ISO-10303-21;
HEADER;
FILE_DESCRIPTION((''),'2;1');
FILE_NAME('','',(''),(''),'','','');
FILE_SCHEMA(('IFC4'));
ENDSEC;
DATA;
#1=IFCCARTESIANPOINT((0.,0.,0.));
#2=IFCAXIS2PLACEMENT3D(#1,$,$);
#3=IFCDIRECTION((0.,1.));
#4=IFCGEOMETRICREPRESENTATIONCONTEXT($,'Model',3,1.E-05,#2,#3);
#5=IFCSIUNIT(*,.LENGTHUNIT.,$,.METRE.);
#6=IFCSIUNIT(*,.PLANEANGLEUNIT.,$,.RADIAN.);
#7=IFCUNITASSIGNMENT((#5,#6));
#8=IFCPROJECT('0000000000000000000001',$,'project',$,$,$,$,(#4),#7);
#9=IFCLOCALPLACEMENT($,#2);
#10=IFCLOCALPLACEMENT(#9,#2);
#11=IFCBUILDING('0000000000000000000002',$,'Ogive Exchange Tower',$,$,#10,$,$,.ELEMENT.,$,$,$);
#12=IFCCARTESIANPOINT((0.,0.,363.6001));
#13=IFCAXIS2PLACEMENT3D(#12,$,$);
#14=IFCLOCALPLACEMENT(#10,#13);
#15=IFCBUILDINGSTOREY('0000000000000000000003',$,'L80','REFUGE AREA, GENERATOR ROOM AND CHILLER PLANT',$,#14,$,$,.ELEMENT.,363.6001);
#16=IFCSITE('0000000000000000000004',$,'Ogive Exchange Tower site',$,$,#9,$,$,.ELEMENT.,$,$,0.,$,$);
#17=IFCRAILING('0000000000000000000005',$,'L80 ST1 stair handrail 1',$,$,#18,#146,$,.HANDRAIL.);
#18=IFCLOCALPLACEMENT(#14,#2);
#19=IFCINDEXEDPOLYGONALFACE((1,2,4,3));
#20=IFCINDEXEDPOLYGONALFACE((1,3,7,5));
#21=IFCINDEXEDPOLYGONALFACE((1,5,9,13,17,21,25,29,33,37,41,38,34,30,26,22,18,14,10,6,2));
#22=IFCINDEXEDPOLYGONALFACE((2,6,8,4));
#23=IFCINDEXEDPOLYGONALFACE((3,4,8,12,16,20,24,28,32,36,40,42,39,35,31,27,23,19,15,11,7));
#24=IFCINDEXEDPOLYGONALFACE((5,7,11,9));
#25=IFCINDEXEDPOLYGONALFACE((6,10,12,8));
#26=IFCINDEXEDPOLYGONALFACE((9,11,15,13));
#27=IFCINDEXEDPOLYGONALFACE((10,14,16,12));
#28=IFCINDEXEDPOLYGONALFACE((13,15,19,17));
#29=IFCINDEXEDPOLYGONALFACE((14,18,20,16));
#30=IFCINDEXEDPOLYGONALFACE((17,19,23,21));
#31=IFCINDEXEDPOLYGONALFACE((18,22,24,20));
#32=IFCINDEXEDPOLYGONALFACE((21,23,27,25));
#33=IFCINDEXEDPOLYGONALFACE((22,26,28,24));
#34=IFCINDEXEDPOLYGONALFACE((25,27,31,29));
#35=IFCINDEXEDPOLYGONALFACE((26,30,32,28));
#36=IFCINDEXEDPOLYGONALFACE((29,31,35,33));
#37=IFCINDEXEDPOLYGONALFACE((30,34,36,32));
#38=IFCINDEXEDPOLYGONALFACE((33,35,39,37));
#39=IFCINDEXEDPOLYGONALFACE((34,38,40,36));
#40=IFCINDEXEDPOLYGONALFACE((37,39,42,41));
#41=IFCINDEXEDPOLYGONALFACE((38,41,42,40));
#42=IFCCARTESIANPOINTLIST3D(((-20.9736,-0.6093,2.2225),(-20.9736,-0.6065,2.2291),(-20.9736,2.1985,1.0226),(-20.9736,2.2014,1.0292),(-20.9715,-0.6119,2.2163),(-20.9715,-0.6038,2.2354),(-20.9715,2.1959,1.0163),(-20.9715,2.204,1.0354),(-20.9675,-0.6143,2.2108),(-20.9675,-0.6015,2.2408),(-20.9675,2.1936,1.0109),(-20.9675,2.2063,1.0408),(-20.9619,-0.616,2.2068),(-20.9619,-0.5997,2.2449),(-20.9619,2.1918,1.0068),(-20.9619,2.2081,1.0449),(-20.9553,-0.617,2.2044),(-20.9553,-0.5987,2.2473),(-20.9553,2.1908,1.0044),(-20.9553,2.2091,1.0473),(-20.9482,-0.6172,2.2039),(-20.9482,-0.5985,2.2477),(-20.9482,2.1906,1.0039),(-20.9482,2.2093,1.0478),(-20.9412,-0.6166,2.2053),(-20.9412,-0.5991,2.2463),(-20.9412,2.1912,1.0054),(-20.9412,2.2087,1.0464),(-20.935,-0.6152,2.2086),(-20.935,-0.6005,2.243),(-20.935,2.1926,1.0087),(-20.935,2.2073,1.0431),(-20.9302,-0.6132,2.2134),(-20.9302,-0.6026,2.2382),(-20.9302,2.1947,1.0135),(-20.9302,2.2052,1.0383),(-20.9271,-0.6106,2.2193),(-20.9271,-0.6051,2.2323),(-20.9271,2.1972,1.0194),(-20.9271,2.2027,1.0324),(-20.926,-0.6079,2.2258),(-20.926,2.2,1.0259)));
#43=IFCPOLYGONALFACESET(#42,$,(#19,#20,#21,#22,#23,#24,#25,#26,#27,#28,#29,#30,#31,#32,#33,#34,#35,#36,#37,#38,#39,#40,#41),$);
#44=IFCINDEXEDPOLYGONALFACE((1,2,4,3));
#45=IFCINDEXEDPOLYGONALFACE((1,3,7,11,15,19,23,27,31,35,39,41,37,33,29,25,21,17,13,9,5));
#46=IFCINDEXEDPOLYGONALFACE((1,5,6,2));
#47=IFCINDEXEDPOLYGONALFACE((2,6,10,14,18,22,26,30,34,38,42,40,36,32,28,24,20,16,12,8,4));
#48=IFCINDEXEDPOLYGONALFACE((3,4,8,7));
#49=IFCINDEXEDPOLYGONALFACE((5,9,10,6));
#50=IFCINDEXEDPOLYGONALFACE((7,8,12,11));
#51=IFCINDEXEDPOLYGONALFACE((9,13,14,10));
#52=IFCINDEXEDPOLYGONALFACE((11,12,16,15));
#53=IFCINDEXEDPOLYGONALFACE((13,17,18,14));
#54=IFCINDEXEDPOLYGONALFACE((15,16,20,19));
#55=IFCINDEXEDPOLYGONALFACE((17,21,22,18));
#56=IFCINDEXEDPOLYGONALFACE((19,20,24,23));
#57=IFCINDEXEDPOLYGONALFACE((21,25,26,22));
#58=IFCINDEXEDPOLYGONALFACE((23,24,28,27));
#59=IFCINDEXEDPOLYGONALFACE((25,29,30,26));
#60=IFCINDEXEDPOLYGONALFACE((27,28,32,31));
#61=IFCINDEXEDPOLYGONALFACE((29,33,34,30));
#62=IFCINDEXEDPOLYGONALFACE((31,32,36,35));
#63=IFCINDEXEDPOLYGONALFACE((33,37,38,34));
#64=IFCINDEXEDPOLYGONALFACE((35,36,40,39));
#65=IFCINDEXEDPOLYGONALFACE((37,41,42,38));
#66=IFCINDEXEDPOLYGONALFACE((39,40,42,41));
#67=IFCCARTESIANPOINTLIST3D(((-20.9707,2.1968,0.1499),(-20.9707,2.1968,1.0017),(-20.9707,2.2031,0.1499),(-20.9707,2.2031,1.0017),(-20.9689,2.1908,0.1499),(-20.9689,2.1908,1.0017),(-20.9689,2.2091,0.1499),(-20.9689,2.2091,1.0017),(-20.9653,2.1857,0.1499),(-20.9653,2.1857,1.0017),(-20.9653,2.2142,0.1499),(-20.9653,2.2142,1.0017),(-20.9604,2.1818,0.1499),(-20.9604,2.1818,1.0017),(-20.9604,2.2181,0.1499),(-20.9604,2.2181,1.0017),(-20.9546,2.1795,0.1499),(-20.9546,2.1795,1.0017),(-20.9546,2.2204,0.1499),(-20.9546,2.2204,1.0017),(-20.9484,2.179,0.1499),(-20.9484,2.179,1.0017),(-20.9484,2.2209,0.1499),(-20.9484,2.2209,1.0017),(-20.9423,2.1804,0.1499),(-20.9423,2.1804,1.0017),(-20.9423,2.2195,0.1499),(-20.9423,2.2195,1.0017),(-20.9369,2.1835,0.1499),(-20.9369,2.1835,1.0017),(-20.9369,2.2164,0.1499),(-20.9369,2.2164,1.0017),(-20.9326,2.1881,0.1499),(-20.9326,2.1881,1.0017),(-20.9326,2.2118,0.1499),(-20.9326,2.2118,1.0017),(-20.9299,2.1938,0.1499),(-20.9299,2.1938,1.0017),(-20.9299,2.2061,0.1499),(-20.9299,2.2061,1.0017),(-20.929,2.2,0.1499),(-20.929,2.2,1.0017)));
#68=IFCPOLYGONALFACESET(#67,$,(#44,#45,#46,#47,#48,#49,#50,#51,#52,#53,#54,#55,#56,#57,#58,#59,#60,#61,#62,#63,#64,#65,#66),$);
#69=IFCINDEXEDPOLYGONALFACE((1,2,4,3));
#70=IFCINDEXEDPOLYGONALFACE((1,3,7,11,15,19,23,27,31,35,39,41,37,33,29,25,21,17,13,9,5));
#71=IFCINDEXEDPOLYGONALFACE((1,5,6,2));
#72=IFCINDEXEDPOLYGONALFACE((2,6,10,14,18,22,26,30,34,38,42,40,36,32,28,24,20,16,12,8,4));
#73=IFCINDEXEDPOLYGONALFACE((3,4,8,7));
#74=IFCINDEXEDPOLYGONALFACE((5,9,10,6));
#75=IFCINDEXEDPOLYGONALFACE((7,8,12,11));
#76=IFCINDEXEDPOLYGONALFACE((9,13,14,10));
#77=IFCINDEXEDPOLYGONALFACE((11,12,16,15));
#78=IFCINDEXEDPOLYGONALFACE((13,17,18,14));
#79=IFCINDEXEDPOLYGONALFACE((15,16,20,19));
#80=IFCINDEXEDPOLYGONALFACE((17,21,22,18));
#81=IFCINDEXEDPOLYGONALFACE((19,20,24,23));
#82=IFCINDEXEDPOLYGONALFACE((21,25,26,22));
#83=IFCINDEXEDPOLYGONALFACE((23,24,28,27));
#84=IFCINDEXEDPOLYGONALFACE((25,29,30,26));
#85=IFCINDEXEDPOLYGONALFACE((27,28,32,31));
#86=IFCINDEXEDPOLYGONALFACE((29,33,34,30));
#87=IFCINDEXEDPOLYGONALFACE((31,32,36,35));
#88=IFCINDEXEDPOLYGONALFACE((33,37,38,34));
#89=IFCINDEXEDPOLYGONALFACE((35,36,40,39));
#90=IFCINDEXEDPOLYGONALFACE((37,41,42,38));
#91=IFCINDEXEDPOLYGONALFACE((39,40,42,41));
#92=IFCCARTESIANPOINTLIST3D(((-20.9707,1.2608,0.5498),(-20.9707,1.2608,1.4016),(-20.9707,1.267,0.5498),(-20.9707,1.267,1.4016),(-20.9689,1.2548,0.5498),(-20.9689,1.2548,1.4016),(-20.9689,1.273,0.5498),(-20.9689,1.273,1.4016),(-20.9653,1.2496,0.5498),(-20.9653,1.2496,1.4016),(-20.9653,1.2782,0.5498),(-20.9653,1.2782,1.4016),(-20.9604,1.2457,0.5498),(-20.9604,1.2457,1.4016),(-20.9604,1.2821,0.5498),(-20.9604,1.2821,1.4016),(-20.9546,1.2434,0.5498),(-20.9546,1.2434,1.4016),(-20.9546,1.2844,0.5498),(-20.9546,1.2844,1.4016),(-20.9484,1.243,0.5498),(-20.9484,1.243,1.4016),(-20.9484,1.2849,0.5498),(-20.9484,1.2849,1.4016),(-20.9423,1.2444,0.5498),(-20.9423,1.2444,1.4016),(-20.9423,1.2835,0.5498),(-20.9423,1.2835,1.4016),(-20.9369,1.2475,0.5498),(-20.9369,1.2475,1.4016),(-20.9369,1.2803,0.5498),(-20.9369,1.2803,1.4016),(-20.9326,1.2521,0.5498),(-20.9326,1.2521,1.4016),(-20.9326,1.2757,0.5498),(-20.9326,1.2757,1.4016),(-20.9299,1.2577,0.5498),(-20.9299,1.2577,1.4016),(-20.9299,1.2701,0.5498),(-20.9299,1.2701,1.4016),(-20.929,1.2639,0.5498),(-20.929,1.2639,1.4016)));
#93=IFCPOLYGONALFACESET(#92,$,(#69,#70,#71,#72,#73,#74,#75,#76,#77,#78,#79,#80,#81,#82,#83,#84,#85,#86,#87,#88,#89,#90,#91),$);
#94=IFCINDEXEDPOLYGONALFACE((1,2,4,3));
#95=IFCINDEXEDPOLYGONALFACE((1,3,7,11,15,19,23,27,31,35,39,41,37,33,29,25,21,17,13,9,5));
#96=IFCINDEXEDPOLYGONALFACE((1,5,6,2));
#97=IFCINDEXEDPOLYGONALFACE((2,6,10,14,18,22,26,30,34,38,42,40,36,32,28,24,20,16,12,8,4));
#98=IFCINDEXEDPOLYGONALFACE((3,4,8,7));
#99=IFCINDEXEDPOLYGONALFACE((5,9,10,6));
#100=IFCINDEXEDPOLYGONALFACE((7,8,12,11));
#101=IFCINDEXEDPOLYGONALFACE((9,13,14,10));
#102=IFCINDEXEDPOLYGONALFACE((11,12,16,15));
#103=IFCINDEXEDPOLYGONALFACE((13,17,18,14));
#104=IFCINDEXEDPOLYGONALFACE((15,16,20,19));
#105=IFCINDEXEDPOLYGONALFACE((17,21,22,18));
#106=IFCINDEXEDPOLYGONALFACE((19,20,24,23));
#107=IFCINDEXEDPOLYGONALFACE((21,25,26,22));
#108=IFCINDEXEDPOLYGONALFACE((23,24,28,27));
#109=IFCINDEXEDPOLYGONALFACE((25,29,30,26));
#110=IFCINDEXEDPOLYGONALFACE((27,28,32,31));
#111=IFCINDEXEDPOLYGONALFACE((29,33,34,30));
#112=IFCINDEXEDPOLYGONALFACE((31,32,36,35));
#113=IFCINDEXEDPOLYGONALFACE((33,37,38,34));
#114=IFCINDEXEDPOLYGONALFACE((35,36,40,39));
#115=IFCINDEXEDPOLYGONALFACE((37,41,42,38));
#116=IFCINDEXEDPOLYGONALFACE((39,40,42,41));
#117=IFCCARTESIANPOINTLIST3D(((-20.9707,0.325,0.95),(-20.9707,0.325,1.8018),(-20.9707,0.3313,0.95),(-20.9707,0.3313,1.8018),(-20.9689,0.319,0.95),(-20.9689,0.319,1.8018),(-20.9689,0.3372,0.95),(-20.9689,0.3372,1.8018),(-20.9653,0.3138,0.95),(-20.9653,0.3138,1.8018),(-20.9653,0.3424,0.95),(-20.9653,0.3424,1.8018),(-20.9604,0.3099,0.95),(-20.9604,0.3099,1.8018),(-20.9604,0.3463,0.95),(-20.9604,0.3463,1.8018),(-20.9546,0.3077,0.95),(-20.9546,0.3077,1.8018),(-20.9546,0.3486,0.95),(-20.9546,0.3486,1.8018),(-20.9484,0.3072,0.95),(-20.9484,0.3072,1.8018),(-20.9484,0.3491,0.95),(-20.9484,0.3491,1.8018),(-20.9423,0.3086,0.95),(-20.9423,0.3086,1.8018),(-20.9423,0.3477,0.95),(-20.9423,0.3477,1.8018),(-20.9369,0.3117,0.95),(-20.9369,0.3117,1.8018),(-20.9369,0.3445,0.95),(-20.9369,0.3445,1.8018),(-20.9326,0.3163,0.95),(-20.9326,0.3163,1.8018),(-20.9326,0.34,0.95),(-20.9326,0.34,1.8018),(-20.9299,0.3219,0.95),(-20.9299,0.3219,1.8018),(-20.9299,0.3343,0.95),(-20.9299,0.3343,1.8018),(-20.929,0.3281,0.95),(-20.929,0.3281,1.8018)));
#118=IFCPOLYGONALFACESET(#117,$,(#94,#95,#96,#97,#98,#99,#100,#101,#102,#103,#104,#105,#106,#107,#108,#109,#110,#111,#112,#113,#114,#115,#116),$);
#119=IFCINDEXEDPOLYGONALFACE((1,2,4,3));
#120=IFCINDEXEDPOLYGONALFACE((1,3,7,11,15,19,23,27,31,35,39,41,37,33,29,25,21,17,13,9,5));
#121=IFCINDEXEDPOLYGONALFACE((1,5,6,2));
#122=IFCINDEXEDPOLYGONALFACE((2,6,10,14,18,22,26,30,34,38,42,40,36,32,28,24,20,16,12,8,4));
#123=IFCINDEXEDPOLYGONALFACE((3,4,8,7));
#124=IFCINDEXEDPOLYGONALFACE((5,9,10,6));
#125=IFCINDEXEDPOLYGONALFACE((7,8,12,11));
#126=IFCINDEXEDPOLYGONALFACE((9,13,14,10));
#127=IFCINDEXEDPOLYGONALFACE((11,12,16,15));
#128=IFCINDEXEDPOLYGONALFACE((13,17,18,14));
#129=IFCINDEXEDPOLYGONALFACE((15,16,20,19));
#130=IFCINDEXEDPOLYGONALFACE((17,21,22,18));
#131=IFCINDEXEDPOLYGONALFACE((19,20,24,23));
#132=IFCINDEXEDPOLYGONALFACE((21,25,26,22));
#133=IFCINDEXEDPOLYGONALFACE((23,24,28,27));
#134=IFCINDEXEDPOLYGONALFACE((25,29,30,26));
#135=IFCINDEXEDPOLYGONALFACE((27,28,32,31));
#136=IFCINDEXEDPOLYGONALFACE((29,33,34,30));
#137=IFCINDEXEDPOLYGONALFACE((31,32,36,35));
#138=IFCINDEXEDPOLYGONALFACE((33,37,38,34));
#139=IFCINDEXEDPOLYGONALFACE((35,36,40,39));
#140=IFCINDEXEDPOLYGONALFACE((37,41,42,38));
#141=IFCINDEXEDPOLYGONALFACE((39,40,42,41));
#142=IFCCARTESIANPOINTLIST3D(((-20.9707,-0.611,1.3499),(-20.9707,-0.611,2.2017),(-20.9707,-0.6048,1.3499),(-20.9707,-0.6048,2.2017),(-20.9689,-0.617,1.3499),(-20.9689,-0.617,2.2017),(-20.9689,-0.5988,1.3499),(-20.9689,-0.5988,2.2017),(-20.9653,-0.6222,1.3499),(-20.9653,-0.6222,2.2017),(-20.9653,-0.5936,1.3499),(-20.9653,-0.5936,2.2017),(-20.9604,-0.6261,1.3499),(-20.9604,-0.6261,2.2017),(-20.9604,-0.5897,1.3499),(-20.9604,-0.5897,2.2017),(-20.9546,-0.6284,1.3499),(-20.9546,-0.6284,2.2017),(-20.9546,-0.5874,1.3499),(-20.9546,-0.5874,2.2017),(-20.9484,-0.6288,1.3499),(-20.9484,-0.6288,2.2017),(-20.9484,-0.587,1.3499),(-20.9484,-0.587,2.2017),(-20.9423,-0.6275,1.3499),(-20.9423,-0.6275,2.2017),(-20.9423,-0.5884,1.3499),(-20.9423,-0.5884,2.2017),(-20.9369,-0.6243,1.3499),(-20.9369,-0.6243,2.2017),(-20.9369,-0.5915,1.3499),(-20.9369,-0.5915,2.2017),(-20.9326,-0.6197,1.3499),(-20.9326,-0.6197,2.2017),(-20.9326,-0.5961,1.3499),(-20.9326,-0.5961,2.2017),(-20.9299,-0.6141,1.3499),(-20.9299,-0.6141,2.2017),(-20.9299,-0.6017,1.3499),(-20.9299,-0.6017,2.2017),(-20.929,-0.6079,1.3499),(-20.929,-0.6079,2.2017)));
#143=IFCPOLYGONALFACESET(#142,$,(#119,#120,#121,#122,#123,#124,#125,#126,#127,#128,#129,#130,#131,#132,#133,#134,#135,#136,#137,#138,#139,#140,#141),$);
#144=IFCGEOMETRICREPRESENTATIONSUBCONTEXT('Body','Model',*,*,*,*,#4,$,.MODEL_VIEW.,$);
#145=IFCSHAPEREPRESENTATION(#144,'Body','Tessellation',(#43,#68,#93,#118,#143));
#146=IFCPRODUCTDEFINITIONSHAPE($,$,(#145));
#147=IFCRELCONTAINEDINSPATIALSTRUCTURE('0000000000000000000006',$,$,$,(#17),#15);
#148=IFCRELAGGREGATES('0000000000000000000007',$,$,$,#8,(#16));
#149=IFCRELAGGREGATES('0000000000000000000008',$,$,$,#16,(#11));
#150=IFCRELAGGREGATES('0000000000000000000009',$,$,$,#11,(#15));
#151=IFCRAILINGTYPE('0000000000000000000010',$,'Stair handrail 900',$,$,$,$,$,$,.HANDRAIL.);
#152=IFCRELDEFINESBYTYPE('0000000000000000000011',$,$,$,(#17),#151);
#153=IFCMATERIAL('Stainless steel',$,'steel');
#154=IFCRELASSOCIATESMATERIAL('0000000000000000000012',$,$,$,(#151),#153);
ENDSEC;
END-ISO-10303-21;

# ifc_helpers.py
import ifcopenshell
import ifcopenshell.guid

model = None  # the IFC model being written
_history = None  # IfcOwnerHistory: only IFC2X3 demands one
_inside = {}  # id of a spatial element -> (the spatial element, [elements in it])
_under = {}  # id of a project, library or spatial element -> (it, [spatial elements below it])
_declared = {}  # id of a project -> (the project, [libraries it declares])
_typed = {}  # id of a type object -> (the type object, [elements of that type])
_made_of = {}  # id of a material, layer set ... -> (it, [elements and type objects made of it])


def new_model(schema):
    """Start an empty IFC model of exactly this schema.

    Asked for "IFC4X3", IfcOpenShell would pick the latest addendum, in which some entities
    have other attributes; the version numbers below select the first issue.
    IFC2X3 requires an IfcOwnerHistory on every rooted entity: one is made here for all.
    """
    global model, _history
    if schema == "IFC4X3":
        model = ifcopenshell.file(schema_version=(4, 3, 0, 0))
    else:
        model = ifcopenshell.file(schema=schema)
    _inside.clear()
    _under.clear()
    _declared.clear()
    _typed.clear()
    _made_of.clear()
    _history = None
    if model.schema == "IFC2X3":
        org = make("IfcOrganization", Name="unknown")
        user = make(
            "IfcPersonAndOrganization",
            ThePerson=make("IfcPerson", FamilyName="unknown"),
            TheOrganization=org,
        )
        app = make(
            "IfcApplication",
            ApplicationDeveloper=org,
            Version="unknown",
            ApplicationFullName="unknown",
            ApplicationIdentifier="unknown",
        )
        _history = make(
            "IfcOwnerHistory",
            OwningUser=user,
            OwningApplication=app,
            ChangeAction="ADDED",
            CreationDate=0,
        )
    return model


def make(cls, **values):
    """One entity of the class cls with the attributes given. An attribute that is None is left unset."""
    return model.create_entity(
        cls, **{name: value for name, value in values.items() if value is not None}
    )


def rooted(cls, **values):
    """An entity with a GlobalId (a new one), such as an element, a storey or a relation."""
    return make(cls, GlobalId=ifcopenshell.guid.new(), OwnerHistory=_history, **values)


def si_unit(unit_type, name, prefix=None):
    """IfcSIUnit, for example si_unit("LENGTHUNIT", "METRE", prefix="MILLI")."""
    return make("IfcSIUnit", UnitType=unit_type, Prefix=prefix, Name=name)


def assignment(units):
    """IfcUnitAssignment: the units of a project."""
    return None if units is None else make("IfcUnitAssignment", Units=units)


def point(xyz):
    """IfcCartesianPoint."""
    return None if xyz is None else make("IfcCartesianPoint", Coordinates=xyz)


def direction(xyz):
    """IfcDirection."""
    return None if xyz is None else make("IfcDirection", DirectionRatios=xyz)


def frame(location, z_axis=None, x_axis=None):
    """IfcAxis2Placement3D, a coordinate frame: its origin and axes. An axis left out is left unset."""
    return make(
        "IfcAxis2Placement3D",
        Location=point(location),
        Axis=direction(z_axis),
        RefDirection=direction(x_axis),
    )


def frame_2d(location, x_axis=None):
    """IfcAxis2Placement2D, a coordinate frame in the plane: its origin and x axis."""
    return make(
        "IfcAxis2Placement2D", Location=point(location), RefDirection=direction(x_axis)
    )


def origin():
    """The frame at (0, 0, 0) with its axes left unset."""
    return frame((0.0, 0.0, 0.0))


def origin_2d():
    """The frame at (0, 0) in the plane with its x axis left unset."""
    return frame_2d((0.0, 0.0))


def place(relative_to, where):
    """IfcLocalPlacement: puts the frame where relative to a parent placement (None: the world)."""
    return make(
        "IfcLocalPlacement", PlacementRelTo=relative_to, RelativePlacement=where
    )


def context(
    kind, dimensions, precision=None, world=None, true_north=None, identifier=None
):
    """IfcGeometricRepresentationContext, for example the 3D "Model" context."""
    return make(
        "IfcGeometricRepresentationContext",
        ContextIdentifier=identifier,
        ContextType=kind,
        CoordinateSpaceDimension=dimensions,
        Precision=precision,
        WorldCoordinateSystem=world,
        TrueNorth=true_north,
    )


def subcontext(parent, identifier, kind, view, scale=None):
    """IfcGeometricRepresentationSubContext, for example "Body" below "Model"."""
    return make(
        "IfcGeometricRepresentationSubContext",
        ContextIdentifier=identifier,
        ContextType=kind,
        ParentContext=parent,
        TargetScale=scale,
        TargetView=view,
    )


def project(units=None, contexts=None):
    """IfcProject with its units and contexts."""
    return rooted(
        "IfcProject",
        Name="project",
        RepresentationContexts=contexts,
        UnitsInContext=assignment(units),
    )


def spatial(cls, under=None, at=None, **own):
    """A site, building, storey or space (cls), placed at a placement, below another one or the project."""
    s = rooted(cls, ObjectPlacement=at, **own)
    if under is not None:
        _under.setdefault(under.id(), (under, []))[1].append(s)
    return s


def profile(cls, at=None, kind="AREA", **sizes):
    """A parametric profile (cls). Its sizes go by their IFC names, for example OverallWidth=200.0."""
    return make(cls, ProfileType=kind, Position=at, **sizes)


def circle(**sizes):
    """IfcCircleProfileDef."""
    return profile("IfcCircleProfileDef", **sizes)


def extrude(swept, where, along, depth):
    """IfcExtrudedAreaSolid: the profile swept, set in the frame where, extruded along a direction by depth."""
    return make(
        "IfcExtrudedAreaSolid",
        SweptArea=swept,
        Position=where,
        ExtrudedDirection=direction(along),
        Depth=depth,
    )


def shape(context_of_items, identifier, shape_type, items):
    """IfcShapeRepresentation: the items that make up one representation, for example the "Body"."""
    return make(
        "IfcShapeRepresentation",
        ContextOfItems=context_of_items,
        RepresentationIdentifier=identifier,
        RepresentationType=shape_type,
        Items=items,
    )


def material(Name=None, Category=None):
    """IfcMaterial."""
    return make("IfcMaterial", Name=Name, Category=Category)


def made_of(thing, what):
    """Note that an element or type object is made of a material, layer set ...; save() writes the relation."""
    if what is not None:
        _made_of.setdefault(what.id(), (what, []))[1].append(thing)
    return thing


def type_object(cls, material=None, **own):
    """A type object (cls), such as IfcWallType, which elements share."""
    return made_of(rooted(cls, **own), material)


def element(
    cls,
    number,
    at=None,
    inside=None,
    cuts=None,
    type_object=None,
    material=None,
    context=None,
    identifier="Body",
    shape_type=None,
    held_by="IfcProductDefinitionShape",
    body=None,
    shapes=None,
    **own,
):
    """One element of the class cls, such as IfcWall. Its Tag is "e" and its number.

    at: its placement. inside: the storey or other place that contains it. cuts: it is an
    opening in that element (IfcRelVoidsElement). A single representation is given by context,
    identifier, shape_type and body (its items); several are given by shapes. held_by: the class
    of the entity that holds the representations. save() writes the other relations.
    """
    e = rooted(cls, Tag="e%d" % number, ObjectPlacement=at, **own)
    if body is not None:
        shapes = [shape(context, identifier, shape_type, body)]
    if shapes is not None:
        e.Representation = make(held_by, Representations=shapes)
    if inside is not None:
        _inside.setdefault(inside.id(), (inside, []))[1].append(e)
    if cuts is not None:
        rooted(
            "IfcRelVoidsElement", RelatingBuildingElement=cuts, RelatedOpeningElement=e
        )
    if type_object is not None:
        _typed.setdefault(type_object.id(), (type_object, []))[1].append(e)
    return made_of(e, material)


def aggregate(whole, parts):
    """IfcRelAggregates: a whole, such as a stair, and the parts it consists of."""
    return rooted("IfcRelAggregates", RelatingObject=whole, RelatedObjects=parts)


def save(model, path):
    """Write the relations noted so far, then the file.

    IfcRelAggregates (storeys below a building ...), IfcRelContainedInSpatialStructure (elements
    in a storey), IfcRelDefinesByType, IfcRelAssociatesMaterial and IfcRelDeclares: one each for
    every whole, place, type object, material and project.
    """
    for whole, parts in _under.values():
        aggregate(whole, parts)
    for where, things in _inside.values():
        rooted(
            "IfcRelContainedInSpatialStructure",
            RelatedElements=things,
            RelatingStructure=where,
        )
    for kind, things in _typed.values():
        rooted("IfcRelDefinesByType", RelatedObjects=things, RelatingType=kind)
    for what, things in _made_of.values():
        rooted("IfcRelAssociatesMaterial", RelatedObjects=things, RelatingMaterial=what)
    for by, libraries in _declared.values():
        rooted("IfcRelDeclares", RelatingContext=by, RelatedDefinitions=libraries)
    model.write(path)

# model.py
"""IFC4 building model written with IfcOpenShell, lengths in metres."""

from ifc_helpers import new_model, si_unit, direction, frame, origin, origin_2d, place, context, subcontext, project, spatial, circle, extrude, material, type_object, element, save


model = new_model("IFC4")

# Units and contexts
model_context = context("Model", 3, precision=1e-05, world=origin(), true_north=direction((0.0, 1.0)))
body_context = subcontext(model_context, "Body", "Model", "MODEL_VIEW")
ifc_project = project(units=[si_unit("LENGTHUNIT", "METRE"), si_unit("PLANEANGLEUNIT", "RADIAN")], contexts=[model_context])

# Site, building, storey
site_placement = place(None, origin())
site = spatial("IfcSite", under=ifc_project, at=site_placement, Name="Ogive Exchange Tower site", CompositionType="ELEMENT", RefElevation=0.0)
building_placement = place(site_placement, origin())
building = spatial("IfcBuilding", under=site, at=building_placement, Name="Ogive Exchange Tower", CompositionType="ELEMENT")
storey_placement = place(building_placement, frame((0.0, 0.0, 363.6001)))
storey = spatial("IfcBuildingStorey", under=building, at=storey_placement, Name="L80", Description="REFUGE AREA, GENERATOR ROOM AND CHILLER PLANT", CompositionType="ELEMENT", Elevation=363.6001)

# Railing
ifc_material_1 = material(Name="Stainless steel", Category="steel")
railing_type = type_object("IfcRailingType", Name="Stair handrail 900", PredefinedType="HANDRAIL", material=ifc_material_1)
for number, where, name in (
    (1, (-20.95, 2.2, 0.1499), "L80 ST1 stair handrail 1"),
):
    element("IfcRailing", number, at=place(storey_placement, frame(where)), inside=storey, type_object=railing_type, Name=name, PredefinedType="HANDRAIL", context=body_context, shape_type="SweptSolid", body=[
        extrude(circle(Radius=0.0239, at=origin_2d()), frame((0.0, 0.0, 0.876), z_axis=(0.0, -0.91955, 0.392973), x_axis=(1.0, 0.0, 0.0)), (0.0, 0.0, 1.0), 3.0535),
        extrude(circle(Radius=0.021, at=origin_2d()), origin(), (0.0, 0.0, 1.0), 0.8518),
        extrude(circle(Radius=0.021, at=origin_2d()), frame((0.0, -0.936, 0.3999)), (0.0, 0.0, 1.0), 0.8518),
        extrude(circle(Radius=0.021, at=origin_2d()), frame((0.0, -1.8718, 0.8)), (0.0, 0.0, 1.0), 0.8518),
        extrude(circle(Radius=0.021, at=origin_2d()), frame((0.0, -2.8079, 1.2)), (0.0, 0.0, 1.0), 0.8518),
    ])

save(model, "model.ifc")
